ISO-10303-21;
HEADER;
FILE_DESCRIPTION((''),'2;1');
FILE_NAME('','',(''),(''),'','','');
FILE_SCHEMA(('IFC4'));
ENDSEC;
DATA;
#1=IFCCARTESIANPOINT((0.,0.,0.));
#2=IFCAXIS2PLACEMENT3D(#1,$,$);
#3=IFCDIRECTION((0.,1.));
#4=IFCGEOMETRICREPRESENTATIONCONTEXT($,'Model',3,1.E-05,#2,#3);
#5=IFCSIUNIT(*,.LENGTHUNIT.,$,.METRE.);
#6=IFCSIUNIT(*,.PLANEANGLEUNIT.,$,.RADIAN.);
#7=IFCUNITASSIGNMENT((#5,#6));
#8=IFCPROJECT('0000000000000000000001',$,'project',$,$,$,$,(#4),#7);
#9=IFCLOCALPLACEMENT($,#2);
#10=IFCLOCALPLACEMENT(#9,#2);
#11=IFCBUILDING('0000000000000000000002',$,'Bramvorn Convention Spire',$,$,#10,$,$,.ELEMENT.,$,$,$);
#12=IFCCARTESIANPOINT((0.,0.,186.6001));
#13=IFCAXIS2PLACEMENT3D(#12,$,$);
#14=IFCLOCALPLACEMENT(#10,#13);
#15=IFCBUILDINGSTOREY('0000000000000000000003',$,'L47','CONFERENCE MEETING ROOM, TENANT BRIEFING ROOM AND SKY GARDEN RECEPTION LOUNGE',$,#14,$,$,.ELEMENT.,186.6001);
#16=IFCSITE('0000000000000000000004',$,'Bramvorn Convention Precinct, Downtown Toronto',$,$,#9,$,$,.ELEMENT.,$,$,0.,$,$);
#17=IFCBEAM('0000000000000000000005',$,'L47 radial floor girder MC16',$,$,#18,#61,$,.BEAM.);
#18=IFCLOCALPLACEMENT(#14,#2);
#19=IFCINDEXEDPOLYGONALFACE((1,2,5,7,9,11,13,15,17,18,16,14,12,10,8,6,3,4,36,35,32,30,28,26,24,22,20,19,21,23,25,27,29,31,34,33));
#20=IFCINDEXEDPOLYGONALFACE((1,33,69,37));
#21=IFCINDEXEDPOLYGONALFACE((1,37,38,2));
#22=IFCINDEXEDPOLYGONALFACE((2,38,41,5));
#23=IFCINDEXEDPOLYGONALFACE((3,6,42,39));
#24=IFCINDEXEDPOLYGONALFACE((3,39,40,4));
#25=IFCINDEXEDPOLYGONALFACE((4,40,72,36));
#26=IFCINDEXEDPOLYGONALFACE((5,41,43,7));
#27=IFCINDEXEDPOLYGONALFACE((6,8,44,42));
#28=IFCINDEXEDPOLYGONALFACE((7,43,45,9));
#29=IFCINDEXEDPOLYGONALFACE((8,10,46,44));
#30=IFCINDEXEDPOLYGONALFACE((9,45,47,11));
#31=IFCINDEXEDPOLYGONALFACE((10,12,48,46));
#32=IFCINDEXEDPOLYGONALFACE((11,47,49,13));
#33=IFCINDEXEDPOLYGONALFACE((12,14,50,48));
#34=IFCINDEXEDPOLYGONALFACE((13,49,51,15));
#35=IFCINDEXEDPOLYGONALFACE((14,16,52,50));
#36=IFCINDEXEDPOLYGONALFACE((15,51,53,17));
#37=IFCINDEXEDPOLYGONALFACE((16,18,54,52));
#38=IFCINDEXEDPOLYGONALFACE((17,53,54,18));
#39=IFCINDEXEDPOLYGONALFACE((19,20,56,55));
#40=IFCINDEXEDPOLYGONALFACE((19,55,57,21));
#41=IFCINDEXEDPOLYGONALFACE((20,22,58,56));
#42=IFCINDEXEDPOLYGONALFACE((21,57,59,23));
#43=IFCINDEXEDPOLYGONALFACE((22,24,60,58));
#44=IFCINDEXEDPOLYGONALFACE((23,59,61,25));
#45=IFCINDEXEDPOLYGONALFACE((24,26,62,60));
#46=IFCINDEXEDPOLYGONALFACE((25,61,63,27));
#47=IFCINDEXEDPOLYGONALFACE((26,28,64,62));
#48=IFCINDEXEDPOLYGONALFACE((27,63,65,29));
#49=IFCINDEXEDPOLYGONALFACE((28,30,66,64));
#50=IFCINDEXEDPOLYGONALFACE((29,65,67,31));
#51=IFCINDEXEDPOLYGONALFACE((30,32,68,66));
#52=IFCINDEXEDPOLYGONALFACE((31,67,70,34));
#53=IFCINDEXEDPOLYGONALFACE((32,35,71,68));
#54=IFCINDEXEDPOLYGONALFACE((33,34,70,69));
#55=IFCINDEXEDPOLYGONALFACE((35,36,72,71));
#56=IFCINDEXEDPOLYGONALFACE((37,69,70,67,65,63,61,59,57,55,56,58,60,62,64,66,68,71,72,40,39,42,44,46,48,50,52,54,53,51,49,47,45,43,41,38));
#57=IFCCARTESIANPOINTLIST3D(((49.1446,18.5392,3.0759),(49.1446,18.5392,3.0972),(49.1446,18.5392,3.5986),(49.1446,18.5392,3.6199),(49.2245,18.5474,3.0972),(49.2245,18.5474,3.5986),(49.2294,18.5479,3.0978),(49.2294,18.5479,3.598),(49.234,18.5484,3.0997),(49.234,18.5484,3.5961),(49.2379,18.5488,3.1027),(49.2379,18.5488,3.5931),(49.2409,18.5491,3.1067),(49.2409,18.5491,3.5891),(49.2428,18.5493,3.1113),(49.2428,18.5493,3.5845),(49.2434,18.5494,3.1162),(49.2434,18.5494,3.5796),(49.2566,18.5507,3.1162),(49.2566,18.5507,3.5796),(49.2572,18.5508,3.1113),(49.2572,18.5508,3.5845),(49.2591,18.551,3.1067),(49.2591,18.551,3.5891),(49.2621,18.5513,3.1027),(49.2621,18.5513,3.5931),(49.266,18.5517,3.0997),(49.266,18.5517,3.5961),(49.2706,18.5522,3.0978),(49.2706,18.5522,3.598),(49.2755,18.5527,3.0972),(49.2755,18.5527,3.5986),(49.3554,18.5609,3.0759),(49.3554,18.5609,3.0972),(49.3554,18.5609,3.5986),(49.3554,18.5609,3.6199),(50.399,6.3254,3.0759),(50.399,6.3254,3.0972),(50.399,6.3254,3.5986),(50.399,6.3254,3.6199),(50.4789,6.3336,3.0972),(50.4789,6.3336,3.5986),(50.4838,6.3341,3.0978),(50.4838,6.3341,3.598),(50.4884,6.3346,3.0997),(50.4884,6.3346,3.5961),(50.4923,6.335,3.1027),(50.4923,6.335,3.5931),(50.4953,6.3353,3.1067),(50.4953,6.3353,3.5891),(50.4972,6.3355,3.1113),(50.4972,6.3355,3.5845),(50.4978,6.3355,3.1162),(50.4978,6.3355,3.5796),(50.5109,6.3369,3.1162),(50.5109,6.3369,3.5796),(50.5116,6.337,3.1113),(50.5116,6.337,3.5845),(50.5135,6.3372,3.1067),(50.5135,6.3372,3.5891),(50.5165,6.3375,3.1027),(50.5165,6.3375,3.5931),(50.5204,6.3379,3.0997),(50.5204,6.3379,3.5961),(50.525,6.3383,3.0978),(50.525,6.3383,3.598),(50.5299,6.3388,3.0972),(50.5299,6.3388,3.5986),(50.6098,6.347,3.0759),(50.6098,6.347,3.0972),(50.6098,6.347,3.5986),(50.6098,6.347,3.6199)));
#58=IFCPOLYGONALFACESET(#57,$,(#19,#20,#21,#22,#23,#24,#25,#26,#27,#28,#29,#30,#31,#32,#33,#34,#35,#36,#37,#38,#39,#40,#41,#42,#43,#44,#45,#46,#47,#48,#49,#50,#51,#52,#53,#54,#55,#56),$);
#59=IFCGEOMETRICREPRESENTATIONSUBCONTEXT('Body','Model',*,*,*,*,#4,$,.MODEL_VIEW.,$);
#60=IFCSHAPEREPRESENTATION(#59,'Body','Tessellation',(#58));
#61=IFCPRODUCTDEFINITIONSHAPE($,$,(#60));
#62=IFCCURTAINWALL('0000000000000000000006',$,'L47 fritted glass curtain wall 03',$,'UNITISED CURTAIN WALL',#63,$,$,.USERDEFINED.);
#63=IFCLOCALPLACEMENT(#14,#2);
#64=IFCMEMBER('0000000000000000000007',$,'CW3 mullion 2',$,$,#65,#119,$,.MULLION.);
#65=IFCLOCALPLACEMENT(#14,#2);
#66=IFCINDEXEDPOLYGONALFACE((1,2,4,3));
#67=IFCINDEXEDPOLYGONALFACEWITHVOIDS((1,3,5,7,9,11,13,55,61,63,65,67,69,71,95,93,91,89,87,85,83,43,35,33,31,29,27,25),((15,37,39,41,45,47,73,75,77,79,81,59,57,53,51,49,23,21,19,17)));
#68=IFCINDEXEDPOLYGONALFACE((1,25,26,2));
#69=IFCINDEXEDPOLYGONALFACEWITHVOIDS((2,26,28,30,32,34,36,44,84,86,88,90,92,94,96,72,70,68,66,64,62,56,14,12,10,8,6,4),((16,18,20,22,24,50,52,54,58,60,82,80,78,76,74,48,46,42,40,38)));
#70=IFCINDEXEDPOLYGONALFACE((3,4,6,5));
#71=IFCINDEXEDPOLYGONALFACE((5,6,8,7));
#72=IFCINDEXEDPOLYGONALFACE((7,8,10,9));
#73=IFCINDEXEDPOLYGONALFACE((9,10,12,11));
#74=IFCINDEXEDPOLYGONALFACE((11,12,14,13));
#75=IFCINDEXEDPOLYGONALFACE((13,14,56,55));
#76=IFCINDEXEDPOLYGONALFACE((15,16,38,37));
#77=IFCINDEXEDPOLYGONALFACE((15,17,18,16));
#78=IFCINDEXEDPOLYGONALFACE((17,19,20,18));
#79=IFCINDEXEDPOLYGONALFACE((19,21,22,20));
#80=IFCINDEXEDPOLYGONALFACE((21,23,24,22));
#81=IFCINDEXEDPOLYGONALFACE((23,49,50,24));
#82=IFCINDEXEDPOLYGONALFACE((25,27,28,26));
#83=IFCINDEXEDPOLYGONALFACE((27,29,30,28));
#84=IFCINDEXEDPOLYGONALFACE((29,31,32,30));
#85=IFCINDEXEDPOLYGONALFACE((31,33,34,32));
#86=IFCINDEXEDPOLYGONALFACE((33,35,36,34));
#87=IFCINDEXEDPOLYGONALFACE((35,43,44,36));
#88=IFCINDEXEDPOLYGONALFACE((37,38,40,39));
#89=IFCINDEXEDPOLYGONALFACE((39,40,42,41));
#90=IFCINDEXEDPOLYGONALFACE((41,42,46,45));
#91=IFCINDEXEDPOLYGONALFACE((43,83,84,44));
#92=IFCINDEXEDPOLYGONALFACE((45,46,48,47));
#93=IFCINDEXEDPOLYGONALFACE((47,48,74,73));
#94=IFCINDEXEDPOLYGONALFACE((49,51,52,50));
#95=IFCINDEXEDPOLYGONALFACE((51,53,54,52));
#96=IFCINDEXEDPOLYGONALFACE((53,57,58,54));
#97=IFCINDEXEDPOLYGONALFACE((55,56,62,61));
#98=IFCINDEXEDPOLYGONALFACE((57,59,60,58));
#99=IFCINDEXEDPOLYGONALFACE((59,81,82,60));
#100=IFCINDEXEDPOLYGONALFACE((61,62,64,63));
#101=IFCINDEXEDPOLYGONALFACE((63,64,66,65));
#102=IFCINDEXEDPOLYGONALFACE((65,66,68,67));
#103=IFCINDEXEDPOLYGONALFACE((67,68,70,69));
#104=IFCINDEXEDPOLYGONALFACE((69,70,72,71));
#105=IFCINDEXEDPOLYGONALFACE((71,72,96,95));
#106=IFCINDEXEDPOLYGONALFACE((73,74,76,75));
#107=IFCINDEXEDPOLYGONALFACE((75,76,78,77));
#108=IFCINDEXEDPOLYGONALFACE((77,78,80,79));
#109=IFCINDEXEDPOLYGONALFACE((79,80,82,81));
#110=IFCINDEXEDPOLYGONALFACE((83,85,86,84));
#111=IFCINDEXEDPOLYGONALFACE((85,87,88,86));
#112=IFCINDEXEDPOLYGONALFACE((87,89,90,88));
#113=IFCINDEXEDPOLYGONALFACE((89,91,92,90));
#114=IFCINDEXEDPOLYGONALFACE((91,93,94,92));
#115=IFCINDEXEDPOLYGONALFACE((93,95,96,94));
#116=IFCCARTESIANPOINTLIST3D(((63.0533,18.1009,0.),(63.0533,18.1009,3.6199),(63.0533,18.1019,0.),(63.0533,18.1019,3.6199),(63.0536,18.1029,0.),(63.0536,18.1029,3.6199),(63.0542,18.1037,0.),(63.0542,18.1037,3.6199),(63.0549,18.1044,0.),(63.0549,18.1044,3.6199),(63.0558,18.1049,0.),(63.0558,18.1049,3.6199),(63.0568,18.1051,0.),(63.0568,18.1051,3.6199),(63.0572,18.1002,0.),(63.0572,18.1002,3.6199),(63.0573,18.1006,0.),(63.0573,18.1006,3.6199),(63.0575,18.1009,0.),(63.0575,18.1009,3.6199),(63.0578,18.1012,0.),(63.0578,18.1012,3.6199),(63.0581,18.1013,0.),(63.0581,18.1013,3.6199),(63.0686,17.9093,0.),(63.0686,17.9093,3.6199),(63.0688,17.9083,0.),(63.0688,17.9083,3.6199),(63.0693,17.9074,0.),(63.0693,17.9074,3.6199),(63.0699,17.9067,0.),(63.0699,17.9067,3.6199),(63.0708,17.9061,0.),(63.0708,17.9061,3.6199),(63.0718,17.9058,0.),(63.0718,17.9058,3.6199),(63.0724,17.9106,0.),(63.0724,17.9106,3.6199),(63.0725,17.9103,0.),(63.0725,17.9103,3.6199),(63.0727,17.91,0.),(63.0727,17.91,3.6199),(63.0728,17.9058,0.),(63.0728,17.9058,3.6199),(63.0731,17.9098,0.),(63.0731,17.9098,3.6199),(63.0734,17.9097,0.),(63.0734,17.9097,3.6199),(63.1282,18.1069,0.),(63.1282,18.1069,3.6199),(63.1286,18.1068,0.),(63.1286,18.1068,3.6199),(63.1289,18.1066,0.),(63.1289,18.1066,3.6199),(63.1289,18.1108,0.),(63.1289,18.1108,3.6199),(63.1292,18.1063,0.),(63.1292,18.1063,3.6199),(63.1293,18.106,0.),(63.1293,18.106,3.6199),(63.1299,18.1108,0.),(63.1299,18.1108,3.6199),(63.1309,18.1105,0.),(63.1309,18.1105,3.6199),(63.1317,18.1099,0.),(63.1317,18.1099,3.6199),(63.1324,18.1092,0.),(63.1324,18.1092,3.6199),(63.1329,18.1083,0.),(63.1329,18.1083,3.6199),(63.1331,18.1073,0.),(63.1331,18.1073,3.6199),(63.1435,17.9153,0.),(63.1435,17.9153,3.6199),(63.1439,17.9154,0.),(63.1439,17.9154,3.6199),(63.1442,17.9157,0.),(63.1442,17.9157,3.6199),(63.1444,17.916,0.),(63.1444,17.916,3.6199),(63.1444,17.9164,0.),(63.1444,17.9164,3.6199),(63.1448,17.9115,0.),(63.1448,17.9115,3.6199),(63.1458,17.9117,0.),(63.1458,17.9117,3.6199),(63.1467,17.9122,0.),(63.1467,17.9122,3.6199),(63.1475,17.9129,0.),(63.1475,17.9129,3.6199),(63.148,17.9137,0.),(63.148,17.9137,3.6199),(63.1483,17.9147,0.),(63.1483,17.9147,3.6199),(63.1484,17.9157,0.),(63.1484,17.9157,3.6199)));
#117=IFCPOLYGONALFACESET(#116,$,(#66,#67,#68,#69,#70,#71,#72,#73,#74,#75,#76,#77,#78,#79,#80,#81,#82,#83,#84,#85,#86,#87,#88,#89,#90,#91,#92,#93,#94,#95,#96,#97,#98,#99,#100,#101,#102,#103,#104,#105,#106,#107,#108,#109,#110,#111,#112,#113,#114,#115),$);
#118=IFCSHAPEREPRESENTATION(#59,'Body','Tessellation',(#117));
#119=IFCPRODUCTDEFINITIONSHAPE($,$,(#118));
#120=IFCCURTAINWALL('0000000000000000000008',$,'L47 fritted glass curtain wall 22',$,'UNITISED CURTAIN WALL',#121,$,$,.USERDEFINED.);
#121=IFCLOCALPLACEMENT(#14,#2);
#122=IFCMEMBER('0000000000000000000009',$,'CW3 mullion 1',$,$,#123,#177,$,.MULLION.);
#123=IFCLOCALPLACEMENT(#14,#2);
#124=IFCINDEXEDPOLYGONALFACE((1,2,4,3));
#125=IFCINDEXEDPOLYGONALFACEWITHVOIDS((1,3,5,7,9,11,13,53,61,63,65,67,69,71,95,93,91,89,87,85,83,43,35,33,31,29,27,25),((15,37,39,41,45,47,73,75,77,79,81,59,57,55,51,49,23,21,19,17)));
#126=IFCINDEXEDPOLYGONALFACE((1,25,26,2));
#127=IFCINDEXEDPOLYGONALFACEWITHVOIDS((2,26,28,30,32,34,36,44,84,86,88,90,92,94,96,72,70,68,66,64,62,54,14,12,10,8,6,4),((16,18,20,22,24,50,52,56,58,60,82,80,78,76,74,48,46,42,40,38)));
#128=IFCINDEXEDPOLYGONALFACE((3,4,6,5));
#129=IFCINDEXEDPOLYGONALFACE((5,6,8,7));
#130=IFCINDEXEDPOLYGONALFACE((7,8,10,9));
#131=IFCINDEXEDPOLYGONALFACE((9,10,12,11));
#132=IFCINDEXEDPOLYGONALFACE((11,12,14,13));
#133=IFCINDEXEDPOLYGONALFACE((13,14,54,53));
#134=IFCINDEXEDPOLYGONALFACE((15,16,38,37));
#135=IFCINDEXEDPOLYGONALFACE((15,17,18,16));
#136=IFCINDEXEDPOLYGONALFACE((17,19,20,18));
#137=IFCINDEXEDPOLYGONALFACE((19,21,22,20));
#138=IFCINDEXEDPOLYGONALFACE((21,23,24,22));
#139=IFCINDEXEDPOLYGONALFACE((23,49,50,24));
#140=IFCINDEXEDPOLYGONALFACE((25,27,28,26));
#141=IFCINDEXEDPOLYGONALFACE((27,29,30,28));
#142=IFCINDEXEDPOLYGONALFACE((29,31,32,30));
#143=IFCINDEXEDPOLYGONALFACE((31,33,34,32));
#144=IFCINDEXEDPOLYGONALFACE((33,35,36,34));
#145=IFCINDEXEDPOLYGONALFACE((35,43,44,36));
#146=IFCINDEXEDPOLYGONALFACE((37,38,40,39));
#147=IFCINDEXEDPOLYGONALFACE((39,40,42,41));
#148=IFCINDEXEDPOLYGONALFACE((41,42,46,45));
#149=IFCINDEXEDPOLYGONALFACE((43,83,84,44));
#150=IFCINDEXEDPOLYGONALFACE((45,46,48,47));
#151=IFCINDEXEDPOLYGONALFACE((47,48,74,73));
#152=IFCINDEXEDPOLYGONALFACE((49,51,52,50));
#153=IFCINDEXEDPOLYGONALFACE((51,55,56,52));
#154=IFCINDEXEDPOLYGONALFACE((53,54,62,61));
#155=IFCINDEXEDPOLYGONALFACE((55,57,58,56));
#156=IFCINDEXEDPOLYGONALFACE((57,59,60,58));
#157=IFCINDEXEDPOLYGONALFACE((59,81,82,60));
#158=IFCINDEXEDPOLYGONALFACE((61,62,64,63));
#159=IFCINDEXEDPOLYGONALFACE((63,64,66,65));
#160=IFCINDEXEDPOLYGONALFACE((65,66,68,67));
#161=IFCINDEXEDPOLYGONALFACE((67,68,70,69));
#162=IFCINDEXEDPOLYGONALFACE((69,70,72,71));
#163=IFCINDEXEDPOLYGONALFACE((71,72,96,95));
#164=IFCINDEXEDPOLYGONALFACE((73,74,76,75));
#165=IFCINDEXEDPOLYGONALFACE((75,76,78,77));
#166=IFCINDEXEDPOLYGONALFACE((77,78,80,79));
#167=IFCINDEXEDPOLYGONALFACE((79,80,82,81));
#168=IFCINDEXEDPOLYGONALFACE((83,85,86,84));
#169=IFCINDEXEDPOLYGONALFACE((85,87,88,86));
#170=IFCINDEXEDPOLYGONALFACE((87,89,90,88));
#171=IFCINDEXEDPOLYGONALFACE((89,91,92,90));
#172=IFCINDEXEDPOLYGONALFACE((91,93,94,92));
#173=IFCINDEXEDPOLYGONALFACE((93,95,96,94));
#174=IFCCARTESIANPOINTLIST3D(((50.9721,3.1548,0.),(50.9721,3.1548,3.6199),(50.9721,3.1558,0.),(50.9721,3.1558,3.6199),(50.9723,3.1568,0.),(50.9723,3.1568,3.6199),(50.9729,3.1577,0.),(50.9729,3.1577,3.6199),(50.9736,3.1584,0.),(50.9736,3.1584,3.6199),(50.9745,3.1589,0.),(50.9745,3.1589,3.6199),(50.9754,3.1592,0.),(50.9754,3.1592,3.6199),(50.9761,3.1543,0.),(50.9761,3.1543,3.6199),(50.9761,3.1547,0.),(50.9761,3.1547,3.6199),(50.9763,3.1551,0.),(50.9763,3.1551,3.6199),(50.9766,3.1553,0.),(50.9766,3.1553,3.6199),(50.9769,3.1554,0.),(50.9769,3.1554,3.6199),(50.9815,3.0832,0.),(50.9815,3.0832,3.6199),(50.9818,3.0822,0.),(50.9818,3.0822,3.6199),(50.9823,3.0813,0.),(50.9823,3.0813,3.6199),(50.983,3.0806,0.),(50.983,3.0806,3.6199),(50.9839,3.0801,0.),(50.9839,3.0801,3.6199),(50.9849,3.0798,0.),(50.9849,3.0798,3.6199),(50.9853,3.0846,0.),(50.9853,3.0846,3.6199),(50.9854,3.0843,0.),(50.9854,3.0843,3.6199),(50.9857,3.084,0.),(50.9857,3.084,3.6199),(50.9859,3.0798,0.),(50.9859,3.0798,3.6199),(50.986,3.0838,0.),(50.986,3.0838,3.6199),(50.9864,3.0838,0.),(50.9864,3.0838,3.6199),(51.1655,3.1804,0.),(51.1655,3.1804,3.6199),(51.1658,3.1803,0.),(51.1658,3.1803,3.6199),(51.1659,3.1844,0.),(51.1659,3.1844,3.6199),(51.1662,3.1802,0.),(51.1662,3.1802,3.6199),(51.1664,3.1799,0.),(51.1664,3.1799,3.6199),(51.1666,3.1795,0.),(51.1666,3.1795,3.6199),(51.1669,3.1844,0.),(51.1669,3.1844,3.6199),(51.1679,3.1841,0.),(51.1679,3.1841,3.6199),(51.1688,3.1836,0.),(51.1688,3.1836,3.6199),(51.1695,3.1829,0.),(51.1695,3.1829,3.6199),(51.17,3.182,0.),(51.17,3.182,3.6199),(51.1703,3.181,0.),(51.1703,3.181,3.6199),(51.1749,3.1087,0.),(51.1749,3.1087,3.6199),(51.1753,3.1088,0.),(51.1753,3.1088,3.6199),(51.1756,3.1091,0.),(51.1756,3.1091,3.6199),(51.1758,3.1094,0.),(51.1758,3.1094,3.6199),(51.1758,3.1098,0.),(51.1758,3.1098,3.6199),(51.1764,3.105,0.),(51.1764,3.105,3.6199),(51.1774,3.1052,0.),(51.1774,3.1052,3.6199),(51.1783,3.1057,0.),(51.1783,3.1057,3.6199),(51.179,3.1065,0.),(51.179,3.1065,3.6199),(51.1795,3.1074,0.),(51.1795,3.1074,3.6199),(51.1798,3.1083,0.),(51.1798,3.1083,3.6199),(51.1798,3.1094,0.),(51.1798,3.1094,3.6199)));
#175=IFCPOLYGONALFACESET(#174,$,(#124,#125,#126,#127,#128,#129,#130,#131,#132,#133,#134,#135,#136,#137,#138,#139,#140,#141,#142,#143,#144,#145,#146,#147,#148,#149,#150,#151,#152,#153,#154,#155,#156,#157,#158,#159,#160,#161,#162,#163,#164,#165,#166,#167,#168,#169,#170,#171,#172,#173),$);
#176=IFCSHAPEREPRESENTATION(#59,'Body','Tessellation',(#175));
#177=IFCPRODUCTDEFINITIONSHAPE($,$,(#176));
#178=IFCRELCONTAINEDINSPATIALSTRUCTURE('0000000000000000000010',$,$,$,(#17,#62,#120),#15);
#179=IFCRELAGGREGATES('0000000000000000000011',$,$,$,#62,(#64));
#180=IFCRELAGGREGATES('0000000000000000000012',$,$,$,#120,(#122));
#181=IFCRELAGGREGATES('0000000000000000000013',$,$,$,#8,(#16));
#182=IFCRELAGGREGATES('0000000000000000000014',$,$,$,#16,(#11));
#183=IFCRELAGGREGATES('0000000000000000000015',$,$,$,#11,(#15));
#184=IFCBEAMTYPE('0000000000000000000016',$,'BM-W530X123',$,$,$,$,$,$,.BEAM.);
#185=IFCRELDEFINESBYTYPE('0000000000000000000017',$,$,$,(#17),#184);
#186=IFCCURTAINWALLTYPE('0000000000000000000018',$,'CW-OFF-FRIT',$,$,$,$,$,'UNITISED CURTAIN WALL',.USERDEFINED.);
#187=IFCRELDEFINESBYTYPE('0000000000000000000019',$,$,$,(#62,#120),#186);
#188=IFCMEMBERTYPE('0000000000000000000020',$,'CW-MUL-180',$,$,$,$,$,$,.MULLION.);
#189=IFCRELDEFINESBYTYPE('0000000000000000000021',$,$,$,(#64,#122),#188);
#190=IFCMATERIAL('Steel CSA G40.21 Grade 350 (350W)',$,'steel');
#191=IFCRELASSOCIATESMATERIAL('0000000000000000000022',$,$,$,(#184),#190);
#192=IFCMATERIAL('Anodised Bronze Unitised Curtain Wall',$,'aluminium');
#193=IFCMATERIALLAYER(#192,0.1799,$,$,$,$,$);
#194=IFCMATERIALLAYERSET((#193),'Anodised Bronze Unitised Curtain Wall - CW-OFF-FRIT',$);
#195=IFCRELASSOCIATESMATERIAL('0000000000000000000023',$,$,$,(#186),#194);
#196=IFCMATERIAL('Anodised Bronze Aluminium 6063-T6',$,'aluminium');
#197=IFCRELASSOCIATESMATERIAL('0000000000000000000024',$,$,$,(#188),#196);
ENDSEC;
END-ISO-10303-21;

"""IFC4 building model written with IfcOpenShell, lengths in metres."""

from ifc_helpers import new_model, si_unit, direction, frame, origin, origin_2d, place, context, subcontext, project, spatial, hollow_rectangle, i_section, extrude, material, layer, layer_set, material_profile, profile_set, type_object, element, aggregate, save


model = new_model("IFC4")

# Units and contexts
model_context = context("Model", 3, precision=1e-05, world=origin(), true_north=direction((0.0, 1.0)))
body_context = subcontext(model_context, "Body", "Model", "MODEL_VIEW")
ifc_project = project(units=[si_unit("LENGTHUNIT", "METRE"), si_unit("PLANEANGLEUNIT", "RADIAN")], contexts=[model_context])

# Site, building, storey
site_placement = place(None, origin())
site = spatial("IfcSite", under=ifc_project, at=site_placement, Name="Bramvorn Convention Precinct, Downtown Toronto", CompositionType="ELEMENT", RefElevation=0.0)
building_placement = place(site_placement, origin())
building = spatial("IfcBuilding", under=site, at=building_placement, Name="Bramvorn Convention Spire", CompositionType="ELEMENT")
storey_placement = place(building_placement, frame((0.0, 0.0, 186.6001)))
storey = spatial("IfcBuildingStorey", under=building, at=storey_placement, Name="L47", Description="CONFERENCE MEETING ROOM, TENANT BRIEFING ROOM AND SKY GARDEN RECEPTION LOUNGE", CompositionType="ELEMENT", Elevation=186.6001)

# Shared definitions
ifc_material_1 = material(Name="Steel CSA G40.21 Grade 350 (350W)", Category="steel")

# Beam
ifc_material_profile_1 = material_profile(ifc_material_1, i_section(OverallWidth=0.2119, OverallDepth=0.5439, WebThickness=0.0132, FlangeThickness=0.0212, FilletRadius=0.019, at=origin_2d()))
ifc_profile_set_1 = profile_set([ifc_material_profile_1], Name="Steel CSA G40.21 Grade 350 (350W) - W530X123")
beam_type_1 = type_object("IfcBeamType", Name="BM-W530X123", PredefinedType="BEAM", material=ifc_profile_set_1)
beam_1_placement = place(storey_placement, frame((49.25, 18.55, 3.3479), z_axis=(0.102165, -0.994767, 0.0), x_axis=(0.994767, 0.102165, 0.0)))
element("IfcBeam", 1, at=beam_1_placement, inside=storey, type_object=beam_type_1, Name="L47 radial floor girder MC16", PredefinedType="BEAM", context=body_context, shape_type="SweptSolid", body=[
    extrude(i_section(OverallWidth=0.2119, OverallDepth=0.5439, WebThickness=0.0132, FlangeThickness=0.0212, FilletRadius=0.019, at=origin_2d()), origin(), (0.0, 0.0, 1.0), 12.2781),
])

# Curtain wall, member
ifc_material_2 = material(Name="Anodised Bronze Unitised Curtain Wall", Category="aluminium")
ifc_layer_1 = layer(ifc_material_2, 0.1799)
ifc_layer_set_1 = layer_set([ifc_layer_1], Name="Anodised Bronze Unitised Curtain Wall - CW-OFF-FRIT")
curtain_wall_type = type_object("IfcCurtainWallType", Name="CW-OFF-FRIT", ElementType="UNITISED CURTAIN WALL", PredefinedType="USERDEFINED", material=ifc_layer_set_1)
curtain_wall_1_placement = place(storey_placement, origin())
curtain_wall_1 = element("IfcCurtainWall", 2, at=curtain_wall_1_placement, inside=storey, type_object=curtain_wall_type, Name="L47 fritted glass curtain wall 03", ObjectType="UNITISED CURTAIN WALL", PredefinedType="USERDEFINED")
ifc_material_3 = material(Name="Anodised Bronze Aluminium 6063-T6", Category="aluminium")
ifc_material_profile_2 = material_profile(ifc_material_3, hollow_rectangle(XDim=0.0801, YDim=0.2, WallThickness=0.0039, InnerFilletRadius=0.001, OuterFilletRadius=0.0039, at=origin_2d()))
ifc_profile_set_2 = profile_set([ifc_material_profile_2], Name="Anodised Bronze Aluminium 6063-T6 - CWM80X200")
member_type_1 = type_object("IfcMemberType", Name="CW-MUL-180", PredefinedType="MULLION", material=ifc_profile_set_2)
member_1_placement = place(storey_placement, frame((63.1008, 18.0083, 0.0), z_axis=(0.0, 0.0, 1.0), x_axis=(0.996819, 0.079694, 0.0)))
member_1 = element("IfcMember", 3, at=member_1_placement, type_object=member_type_1, Name="CW3 mullion 2", PredefinedType="MULLION", context=body_context, shape_type="SweptSolid", body=[
    extrude(hollow_rectangle(XDim=0.0801, YDim=0.2, WallThickness=0.0039, InnerFilletRadius=0.001, OuterFilletRadius=0.0039, at=origin_2d()), origin(), (0.0, 0.0, 1.0), 3.6199),
])

# Curtain wall, member
curtain_wall_2_placement = place(storey_placement, origin())
curtain_wall_2 = element("IfcCurtainWall", 4, at=curtain_wall_2_placement, inside=storey, type_object=curtain_wall_type, Name="L47 fritted glass curtain wall 22", ObjectType="UNITISED CURTAIN WALL", PredefinedType="USERDEFINED")
member_2_placement = place(storey_placement, frame((51.0759, 3.1321, 0.0), z_axis=(0.0, 0.0, 1.0), x_axis=(0.131023, -0.991379, 0.0)))
member_2 = element("IfcMember", 5, at=member_2_placement, type_object=member_type_1, Name="CW3 mullion 1", PredefinedType="MULLION", context=body_context, shape_type="SweptSolid", body=[
    extrude(hollow_rectangle(XDim=0.0801, YDim=0.2, WallThickness=0.0039, InnerFilletRadius=0.001, OuterFilletRadius=0.0039, at=origin_2d()), origin(), (0.0, 0.0, 1.0), 3.6199),
])

aggregate(curtain_wall_1, [member_1])
aggregate(curtain_wall_2, [member_2])

save(model, "model.ifc")
